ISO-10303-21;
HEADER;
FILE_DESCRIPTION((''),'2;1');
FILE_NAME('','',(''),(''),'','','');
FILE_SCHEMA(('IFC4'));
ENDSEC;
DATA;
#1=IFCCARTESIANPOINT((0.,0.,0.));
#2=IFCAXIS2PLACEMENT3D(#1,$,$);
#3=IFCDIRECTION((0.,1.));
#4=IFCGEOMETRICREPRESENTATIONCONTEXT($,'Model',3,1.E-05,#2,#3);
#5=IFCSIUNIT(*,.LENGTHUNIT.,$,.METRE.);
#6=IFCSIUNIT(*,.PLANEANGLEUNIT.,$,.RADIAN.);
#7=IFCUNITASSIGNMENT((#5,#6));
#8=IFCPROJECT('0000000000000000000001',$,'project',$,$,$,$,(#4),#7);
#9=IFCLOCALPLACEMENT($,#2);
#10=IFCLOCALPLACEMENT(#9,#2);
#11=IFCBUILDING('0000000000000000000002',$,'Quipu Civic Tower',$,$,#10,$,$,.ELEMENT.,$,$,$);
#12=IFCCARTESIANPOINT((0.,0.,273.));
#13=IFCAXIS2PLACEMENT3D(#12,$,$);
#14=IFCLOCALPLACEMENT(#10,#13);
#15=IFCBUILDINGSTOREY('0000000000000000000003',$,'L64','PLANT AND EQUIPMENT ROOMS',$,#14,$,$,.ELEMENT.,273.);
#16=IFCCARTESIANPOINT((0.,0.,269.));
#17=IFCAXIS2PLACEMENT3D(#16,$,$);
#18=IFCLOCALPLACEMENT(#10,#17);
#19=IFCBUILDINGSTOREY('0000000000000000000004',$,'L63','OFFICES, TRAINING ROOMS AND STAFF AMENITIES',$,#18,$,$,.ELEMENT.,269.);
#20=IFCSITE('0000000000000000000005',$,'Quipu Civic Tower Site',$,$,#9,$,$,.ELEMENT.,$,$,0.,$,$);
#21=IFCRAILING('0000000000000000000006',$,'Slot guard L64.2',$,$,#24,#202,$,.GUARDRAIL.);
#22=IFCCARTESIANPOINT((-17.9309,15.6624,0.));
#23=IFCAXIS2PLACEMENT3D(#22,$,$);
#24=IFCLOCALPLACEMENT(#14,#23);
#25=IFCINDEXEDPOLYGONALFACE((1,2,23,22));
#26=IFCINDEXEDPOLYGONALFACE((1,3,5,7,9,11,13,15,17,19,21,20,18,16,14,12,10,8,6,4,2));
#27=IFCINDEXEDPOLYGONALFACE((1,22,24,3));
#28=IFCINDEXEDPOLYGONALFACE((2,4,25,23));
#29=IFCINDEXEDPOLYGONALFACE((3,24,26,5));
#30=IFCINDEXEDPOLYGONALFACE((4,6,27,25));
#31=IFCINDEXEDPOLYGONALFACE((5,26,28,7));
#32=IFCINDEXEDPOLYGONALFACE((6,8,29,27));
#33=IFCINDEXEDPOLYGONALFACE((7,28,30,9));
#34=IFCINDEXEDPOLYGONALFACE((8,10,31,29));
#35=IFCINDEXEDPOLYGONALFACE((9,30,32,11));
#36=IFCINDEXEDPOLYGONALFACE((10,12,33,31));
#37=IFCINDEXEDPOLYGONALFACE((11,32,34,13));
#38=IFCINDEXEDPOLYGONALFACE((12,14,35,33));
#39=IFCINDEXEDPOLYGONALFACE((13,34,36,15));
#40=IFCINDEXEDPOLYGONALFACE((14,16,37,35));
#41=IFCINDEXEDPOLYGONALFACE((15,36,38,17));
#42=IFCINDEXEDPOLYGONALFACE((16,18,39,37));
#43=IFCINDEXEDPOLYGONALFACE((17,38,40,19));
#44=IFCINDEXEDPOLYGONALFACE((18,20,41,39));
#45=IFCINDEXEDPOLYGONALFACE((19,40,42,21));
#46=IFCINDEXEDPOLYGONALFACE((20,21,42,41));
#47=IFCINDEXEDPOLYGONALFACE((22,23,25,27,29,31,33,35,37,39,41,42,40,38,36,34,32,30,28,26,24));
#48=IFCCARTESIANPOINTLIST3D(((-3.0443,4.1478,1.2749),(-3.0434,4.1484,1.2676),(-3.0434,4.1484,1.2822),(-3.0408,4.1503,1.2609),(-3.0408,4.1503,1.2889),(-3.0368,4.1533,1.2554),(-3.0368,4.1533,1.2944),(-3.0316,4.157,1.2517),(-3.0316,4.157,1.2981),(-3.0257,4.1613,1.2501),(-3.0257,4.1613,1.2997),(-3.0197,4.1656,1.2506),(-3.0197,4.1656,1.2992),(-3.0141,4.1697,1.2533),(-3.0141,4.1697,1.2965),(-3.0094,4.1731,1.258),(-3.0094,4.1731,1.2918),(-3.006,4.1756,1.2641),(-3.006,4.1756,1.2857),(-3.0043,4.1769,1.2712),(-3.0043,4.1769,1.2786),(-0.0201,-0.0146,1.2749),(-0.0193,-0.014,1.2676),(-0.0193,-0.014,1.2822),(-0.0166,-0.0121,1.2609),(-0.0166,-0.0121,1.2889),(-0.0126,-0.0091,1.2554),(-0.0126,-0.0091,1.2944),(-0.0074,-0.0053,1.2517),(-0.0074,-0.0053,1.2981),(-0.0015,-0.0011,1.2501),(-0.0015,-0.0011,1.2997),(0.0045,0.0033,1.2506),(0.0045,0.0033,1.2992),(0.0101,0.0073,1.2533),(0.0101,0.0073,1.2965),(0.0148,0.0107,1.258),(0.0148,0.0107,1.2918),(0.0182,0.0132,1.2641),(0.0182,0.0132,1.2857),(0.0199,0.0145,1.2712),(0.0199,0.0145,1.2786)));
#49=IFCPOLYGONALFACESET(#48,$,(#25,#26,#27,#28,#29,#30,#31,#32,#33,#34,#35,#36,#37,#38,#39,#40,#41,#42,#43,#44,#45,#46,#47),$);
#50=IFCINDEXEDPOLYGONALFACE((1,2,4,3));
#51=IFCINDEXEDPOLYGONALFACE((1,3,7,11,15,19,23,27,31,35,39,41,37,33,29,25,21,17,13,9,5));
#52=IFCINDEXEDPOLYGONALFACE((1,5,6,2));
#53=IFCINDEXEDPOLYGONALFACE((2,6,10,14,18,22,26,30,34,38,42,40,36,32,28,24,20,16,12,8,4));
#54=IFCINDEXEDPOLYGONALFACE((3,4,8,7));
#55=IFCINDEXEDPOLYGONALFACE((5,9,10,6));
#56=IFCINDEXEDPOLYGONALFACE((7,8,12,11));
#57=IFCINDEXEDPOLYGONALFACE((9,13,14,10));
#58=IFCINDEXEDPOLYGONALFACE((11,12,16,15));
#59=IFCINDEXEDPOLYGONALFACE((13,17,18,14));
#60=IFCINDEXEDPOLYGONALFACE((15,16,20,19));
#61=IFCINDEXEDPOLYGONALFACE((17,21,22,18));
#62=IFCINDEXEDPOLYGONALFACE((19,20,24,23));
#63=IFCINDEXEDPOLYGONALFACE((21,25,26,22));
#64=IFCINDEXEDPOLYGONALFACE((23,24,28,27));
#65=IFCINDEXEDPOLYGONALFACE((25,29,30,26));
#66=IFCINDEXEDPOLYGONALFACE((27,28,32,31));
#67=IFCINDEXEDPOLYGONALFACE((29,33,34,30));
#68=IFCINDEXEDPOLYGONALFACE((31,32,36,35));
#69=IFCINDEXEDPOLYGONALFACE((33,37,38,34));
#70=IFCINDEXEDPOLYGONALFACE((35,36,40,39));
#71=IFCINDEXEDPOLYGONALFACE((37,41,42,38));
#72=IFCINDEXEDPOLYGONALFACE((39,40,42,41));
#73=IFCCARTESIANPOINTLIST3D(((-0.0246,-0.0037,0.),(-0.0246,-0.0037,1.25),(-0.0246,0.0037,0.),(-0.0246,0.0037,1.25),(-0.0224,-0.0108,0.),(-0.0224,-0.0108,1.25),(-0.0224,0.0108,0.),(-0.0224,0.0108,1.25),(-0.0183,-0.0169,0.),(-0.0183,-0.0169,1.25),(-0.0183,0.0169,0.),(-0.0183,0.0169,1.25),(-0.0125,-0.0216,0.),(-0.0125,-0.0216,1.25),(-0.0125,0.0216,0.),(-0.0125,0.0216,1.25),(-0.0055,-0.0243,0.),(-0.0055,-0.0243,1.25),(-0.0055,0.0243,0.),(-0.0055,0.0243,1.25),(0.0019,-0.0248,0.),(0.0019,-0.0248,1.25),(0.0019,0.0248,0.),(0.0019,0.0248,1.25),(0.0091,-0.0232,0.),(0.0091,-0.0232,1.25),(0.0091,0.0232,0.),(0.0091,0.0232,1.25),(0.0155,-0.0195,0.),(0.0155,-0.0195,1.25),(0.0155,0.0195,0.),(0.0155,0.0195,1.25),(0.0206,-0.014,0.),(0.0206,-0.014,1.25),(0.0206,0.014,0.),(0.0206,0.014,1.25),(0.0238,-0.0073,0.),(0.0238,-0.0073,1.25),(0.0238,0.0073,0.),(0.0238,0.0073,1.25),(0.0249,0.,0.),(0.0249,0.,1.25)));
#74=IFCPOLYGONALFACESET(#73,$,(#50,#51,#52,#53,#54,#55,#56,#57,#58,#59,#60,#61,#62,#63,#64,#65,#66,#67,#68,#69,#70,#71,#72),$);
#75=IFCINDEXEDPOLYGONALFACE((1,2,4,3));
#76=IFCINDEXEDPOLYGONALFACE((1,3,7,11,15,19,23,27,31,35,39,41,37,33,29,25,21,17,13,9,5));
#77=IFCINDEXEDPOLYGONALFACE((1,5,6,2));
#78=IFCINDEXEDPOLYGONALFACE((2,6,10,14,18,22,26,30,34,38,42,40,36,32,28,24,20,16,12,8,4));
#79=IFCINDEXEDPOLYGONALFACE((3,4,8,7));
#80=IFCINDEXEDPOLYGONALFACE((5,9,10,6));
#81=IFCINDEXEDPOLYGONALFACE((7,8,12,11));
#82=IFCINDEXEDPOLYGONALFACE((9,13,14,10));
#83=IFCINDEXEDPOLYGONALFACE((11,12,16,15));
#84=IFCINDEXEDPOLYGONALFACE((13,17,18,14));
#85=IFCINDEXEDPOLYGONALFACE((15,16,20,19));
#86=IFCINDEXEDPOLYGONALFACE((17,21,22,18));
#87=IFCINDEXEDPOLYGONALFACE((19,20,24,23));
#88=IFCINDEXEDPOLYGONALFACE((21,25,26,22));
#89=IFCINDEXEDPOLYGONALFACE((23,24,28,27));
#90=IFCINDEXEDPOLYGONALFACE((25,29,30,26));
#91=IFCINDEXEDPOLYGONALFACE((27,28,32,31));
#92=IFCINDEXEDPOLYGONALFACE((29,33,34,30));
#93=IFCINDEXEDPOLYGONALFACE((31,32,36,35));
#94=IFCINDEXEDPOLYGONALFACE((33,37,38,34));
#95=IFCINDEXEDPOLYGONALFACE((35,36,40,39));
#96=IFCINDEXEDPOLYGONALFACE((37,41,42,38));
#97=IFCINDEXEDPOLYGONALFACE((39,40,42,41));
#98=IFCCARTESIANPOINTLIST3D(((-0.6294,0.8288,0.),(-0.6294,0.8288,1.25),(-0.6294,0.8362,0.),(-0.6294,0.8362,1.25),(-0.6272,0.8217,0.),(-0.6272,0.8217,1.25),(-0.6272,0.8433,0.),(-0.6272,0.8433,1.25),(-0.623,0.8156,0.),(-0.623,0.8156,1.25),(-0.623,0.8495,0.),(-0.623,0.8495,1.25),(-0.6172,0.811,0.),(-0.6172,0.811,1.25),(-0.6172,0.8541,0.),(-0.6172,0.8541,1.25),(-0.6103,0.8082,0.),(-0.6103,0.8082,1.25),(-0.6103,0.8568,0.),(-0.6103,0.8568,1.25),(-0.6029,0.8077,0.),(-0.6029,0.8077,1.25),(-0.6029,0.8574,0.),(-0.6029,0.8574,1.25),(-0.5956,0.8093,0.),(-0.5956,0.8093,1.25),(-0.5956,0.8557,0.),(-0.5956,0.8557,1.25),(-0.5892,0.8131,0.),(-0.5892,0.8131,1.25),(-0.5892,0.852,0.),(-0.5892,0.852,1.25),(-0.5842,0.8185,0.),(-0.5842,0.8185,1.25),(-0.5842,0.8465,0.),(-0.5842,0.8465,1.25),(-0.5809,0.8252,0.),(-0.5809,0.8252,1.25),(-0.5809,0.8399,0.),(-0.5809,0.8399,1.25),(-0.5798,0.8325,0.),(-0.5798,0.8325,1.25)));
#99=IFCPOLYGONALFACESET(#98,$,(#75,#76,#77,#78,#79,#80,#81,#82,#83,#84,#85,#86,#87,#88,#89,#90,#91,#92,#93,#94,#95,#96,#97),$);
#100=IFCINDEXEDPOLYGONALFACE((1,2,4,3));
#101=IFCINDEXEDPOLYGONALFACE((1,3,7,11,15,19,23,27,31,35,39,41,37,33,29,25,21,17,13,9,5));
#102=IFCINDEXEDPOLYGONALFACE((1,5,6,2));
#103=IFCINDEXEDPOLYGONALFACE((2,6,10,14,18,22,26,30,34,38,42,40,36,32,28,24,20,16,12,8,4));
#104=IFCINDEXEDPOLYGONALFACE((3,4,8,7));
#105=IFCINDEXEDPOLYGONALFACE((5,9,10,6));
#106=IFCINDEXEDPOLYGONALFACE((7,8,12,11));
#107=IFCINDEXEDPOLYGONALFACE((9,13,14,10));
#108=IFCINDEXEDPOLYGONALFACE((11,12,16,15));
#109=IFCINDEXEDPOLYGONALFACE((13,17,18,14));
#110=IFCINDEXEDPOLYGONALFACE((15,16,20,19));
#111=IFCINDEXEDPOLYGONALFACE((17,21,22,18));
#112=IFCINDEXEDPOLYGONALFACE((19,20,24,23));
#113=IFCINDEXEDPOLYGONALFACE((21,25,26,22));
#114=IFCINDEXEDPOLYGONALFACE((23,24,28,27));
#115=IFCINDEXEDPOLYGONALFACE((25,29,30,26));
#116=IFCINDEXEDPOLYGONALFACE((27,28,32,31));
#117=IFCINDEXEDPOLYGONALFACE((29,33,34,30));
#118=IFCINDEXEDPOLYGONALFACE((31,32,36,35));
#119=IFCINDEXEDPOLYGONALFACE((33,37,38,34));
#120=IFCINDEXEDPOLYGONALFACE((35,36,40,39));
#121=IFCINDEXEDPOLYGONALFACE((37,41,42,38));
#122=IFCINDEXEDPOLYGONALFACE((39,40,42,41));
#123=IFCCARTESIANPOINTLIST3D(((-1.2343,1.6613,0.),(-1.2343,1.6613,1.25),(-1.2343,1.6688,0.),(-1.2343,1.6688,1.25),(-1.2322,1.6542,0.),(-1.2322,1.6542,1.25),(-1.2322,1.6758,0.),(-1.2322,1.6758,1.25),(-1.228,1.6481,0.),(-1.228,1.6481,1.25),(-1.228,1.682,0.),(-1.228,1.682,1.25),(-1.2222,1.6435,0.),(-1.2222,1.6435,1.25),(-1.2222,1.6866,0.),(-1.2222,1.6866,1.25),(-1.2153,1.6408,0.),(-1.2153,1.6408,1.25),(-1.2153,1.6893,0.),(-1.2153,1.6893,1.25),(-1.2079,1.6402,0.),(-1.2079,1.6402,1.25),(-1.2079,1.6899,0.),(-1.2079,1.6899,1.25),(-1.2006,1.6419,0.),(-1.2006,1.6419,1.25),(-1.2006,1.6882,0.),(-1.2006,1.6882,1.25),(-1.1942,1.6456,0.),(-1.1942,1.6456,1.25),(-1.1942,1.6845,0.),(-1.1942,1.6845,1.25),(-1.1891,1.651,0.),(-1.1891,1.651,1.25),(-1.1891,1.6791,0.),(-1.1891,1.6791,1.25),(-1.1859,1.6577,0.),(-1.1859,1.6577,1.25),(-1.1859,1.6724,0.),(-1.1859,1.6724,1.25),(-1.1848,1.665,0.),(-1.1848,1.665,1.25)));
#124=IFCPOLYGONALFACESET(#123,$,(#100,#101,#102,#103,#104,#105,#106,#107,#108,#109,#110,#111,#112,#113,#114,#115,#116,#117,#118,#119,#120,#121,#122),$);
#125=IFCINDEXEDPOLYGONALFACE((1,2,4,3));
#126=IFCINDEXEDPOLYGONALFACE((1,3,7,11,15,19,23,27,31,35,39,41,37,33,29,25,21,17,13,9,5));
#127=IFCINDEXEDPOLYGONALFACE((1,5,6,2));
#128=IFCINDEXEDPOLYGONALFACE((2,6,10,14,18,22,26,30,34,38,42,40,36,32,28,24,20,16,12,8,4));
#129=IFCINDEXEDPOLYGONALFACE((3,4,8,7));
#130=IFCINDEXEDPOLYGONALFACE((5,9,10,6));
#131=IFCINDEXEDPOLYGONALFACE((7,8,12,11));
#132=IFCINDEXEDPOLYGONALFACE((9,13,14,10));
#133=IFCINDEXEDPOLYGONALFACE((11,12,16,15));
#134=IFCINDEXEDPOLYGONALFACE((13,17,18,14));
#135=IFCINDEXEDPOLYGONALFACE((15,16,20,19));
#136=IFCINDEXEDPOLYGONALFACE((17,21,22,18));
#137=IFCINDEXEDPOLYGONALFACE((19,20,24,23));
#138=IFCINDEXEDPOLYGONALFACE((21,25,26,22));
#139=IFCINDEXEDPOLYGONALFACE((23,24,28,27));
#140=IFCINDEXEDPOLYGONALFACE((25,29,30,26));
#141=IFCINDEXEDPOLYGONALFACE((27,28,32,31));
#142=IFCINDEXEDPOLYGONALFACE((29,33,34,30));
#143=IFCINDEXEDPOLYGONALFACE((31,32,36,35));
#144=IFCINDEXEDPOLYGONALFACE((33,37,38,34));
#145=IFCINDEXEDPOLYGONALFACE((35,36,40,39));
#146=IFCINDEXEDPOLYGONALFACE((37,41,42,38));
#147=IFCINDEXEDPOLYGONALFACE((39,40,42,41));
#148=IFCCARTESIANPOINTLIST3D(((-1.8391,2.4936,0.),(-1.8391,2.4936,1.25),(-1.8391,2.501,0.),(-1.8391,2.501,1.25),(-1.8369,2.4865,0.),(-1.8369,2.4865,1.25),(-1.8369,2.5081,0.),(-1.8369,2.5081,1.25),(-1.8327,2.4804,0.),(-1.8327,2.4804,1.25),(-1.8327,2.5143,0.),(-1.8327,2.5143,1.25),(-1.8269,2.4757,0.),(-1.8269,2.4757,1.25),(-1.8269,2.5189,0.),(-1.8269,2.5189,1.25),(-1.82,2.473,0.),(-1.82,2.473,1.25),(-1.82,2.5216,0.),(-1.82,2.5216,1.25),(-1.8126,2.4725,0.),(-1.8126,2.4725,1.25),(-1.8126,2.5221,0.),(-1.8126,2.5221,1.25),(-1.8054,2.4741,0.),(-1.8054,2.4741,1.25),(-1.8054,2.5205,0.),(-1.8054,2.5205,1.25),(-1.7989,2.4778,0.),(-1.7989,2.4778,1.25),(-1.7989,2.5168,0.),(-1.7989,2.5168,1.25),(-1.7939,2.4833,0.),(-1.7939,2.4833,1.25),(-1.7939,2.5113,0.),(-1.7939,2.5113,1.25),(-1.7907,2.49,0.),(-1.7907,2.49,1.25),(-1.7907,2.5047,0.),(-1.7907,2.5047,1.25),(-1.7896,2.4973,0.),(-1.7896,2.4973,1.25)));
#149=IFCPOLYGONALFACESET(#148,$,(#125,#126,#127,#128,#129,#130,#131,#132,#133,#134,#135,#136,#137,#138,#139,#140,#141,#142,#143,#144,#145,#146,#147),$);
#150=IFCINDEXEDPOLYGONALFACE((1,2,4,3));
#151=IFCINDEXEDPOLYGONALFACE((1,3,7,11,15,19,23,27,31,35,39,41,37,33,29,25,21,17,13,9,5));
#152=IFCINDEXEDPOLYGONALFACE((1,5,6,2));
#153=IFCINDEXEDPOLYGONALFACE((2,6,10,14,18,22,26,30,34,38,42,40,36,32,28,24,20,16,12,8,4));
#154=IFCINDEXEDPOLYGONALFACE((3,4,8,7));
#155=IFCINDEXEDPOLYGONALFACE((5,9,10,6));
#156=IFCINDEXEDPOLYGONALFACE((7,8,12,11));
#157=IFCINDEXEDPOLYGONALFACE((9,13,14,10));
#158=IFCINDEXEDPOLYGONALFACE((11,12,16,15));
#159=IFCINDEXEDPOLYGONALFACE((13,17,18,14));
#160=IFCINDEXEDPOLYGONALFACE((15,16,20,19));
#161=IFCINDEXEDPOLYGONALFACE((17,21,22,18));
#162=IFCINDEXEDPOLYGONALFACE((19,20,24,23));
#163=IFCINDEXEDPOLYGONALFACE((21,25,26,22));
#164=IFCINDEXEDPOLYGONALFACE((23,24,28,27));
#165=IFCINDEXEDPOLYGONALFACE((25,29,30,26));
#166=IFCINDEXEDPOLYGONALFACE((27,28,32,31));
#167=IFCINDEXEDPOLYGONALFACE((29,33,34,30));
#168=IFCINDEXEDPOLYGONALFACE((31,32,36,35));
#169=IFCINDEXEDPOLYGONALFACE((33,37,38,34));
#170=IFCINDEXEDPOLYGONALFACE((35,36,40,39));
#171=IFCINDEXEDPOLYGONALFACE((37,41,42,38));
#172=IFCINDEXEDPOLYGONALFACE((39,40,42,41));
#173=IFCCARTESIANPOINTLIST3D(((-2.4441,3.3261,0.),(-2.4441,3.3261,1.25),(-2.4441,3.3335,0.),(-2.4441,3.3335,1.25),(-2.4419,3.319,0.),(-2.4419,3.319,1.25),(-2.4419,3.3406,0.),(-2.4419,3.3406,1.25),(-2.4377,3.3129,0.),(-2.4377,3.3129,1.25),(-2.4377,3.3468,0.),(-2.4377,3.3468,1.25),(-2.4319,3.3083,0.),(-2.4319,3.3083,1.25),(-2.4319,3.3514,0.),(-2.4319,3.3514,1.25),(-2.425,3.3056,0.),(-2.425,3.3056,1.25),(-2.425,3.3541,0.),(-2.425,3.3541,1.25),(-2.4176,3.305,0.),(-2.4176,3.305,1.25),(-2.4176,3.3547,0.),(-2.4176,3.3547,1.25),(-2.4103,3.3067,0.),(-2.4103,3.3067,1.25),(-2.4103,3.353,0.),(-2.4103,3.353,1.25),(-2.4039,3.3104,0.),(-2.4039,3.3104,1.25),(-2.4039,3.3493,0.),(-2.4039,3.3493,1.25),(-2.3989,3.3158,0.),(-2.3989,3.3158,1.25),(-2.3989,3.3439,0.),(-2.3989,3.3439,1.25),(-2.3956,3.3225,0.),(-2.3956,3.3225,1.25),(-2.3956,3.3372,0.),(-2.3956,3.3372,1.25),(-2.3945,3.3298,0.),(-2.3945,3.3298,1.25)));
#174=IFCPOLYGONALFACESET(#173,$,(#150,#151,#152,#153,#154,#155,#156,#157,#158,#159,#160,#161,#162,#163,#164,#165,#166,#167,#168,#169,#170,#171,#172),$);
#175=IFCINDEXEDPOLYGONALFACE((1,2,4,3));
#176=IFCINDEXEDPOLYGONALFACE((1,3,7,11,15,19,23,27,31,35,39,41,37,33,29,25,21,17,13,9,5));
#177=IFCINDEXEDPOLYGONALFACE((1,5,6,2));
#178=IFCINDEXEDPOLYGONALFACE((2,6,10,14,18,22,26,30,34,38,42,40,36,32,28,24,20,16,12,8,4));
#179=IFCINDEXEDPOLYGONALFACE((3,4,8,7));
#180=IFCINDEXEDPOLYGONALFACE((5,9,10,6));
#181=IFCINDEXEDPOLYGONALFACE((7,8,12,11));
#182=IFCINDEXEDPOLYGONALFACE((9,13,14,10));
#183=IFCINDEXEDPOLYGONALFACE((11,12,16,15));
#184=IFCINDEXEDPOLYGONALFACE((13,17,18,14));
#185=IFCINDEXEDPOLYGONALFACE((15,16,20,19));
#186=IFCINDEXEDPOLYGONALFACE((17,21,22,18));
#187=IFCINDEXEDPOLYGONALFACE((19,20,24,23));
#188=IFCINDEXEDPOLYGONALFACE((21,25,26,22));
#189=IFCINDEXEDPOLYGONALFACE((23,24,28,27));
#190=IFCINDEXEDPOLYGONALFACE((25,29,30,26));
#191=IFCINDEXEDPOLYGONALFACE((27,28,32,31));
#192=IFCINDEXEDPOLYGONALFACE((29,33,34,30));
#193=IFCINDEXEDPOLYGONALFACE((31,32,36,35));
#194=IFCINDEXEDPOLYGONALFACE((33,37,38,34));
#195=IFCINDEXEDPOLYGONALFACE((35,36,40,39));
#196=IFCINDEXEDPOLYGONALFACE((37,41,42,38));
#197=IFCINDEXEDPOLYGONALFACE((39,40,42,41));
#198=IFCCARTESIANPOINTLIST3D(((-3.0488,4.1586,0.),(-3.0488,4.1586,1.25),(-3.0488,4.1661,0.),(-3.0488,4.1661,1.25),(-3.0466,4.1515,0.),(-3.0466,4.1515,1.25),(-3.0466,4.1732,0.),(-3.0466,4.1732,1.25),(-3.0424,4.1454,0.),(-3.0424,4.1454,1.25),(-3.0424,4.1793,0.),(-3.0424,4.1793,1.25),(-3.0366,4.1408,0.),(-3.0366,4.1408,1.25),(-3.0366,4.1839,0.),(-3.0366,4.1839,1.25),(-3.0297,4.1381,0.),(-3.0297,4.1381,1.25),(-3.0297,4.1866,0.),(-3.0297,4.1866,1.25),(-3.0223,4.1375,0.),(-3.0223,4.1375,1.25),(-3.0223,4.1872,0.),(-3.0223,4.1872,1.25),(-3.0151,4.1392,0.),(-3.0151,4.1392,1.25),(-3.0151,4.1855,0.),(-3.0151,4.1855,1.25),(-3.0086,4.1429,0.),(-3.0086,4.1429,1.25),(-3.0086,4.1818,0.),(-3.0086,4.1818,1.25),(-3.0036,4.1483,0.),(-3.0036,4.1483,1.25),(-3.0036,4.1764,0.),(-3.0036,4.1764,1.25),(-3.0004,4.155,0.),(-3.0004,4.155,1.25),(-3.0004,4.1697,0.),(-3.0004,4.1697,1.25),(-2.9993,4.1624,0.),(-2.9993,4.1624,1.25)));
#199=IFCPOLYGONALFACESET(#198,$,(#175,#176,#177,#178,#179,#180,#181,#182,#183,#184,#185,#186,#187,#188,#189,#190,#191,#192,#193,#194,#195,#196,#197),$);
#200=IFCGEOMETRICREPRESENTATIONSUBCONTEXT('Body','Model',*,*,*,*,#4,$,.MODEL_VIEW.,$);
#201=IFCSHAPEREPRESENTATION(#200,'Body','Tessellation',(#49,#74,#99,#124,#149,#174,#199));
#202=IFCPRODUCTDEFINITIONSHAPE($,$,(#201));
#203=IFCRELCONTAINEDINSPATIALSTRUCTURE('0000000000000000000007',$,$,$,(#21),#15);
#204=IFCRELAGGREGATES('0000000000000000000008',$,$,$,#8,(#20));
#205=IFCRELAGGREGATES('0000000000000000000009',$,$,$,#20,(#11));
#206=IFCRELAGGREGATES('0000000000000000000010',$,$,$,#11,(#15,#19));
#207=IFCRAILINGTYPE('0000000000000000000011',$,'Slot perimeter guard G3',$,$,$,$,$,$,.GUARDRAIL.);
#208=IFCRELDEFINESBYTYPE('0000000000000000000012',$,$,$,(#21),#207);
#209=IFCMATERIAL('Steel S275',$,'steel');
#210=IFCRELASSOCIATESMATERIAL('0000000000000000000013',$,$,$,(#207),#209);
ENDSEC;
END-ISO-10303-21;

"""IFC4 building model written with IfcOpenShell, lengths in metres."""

from ifc_helpers import new_model, si_unit, direction, frame, origin, origin_2d, place, context, subcontext, project, spatial, circle, extrude, material, type_object, element, save


model = new_model("IFC4")

# Units and contexts
model_context = context("Model", 3, precision=1e-05, world=origin(), true_north=direction((0.0, 1.0)))
body_context = subcontext(model_context, "Body", "Model", "MODEL_VIEW")
ifc_project = project(units=[si_unit("LENGTHUNIT", "METRE"), si_unit("PLANEANGLEUNIT", "RADIAN")], contexts=[model_context])

# Site, building, storey
site_placement = place(None, origin())
site = spatial("IfcSite", under=ifc_project, at=site_placement, Name="Quipu Civic Tower Site", CompositionType="ELEMENT", RefElevation=0.0)
building_placement = place(site_placement, origin())
building = spatial("IfcBuilding", under=site, at=building_placement, Name="Quipu Civic Tower", CompositionType="ELEMENT")
storey_1_placement = place(building_placement, frame((0.0, 0.0, 273.0)))
storey_1 = spatial("IfcBuildingStorey", under=building, at=storey_1_placement, Name="L64", Description="PLANT AND EQUIPMENT ROOMS", CompositionType="ELEMENT", Elevation=273.0)

# Shared definitions
storey_2_placement = place(building_placement, frame((0.0, 0.0, 269.0)))
storey_2 = spatial("IfcBuildingStorey", under=building, at=storey_2_placement, Name="L63", Description="OFFICES, TRAINING ROOMS AND STAFF AMENITIES", CompositionType="ELEMENT", Elevation=269.0)

# Railing
ifc_material_1 = material(Name="Steel S275", Category="steel")
railing_type_1 = type_object("IfcRailingType", Name="Slot perimeter guard G3", PredefinedType="GUARDRAIL", material=ifc_material_1)
railing_1_placement = place(storey_1_placement, frame((-17.9309, 15.6624, 0.0)))
element("IfcRailing", 1, at=railing_1_placement, inside=storey_1, type_object=railing_type_1, Name="Slot guard L64.2", PredefinedType="GUARDRAIL", context=body_context, shape_type="SweptSolid", body=[
    extrude(circle(Radius=0.0249, at=origin_2d()), frame((0.0, 0.0, 1.2749), z_axis=(-0.587791, 0.809013, 0.0), x_axis=(-0.809013, -0.587791, 0.0)), (0.0, 0.0, 1.0), 5.145),
    extrude(circle(Radius=0.0249, at=origin_2d()), origin(), (0.0, 0.0, 1.0), 1.25),
    extrude(circle(Radius=0.0249, at=origin_2d()), frame((-0.6047, 0.8325, 0.0)), (0.0, 0.0, 1.0), 1.25),
    extrude(circle(Radius=0.0249, at=origin_2d()), frame((-1.2097, 1.665, 0.0)), (0.0, 0.0, 1.0), 1.25),
    extrude(circle(Radius=0.0249, at=origin_2d()), frame((-1.8145, 2.4973, 0.0)), (0.0, 0.0, 1.0), 1.25),
    extrude(circle(Radius=0.0249, at=origin_2d()), frame((-2.4194, 3.3298, 0.0)), (0.0, 0.0, 1.0), 1.25),
    extrude(circle(Radius=0.0249, at=origin_2d()), frame((-3.0242, 4.1624, 0.0)), (0.0, 0.0, 1.0), 1.25),
])

save(model, "model.ifc")
